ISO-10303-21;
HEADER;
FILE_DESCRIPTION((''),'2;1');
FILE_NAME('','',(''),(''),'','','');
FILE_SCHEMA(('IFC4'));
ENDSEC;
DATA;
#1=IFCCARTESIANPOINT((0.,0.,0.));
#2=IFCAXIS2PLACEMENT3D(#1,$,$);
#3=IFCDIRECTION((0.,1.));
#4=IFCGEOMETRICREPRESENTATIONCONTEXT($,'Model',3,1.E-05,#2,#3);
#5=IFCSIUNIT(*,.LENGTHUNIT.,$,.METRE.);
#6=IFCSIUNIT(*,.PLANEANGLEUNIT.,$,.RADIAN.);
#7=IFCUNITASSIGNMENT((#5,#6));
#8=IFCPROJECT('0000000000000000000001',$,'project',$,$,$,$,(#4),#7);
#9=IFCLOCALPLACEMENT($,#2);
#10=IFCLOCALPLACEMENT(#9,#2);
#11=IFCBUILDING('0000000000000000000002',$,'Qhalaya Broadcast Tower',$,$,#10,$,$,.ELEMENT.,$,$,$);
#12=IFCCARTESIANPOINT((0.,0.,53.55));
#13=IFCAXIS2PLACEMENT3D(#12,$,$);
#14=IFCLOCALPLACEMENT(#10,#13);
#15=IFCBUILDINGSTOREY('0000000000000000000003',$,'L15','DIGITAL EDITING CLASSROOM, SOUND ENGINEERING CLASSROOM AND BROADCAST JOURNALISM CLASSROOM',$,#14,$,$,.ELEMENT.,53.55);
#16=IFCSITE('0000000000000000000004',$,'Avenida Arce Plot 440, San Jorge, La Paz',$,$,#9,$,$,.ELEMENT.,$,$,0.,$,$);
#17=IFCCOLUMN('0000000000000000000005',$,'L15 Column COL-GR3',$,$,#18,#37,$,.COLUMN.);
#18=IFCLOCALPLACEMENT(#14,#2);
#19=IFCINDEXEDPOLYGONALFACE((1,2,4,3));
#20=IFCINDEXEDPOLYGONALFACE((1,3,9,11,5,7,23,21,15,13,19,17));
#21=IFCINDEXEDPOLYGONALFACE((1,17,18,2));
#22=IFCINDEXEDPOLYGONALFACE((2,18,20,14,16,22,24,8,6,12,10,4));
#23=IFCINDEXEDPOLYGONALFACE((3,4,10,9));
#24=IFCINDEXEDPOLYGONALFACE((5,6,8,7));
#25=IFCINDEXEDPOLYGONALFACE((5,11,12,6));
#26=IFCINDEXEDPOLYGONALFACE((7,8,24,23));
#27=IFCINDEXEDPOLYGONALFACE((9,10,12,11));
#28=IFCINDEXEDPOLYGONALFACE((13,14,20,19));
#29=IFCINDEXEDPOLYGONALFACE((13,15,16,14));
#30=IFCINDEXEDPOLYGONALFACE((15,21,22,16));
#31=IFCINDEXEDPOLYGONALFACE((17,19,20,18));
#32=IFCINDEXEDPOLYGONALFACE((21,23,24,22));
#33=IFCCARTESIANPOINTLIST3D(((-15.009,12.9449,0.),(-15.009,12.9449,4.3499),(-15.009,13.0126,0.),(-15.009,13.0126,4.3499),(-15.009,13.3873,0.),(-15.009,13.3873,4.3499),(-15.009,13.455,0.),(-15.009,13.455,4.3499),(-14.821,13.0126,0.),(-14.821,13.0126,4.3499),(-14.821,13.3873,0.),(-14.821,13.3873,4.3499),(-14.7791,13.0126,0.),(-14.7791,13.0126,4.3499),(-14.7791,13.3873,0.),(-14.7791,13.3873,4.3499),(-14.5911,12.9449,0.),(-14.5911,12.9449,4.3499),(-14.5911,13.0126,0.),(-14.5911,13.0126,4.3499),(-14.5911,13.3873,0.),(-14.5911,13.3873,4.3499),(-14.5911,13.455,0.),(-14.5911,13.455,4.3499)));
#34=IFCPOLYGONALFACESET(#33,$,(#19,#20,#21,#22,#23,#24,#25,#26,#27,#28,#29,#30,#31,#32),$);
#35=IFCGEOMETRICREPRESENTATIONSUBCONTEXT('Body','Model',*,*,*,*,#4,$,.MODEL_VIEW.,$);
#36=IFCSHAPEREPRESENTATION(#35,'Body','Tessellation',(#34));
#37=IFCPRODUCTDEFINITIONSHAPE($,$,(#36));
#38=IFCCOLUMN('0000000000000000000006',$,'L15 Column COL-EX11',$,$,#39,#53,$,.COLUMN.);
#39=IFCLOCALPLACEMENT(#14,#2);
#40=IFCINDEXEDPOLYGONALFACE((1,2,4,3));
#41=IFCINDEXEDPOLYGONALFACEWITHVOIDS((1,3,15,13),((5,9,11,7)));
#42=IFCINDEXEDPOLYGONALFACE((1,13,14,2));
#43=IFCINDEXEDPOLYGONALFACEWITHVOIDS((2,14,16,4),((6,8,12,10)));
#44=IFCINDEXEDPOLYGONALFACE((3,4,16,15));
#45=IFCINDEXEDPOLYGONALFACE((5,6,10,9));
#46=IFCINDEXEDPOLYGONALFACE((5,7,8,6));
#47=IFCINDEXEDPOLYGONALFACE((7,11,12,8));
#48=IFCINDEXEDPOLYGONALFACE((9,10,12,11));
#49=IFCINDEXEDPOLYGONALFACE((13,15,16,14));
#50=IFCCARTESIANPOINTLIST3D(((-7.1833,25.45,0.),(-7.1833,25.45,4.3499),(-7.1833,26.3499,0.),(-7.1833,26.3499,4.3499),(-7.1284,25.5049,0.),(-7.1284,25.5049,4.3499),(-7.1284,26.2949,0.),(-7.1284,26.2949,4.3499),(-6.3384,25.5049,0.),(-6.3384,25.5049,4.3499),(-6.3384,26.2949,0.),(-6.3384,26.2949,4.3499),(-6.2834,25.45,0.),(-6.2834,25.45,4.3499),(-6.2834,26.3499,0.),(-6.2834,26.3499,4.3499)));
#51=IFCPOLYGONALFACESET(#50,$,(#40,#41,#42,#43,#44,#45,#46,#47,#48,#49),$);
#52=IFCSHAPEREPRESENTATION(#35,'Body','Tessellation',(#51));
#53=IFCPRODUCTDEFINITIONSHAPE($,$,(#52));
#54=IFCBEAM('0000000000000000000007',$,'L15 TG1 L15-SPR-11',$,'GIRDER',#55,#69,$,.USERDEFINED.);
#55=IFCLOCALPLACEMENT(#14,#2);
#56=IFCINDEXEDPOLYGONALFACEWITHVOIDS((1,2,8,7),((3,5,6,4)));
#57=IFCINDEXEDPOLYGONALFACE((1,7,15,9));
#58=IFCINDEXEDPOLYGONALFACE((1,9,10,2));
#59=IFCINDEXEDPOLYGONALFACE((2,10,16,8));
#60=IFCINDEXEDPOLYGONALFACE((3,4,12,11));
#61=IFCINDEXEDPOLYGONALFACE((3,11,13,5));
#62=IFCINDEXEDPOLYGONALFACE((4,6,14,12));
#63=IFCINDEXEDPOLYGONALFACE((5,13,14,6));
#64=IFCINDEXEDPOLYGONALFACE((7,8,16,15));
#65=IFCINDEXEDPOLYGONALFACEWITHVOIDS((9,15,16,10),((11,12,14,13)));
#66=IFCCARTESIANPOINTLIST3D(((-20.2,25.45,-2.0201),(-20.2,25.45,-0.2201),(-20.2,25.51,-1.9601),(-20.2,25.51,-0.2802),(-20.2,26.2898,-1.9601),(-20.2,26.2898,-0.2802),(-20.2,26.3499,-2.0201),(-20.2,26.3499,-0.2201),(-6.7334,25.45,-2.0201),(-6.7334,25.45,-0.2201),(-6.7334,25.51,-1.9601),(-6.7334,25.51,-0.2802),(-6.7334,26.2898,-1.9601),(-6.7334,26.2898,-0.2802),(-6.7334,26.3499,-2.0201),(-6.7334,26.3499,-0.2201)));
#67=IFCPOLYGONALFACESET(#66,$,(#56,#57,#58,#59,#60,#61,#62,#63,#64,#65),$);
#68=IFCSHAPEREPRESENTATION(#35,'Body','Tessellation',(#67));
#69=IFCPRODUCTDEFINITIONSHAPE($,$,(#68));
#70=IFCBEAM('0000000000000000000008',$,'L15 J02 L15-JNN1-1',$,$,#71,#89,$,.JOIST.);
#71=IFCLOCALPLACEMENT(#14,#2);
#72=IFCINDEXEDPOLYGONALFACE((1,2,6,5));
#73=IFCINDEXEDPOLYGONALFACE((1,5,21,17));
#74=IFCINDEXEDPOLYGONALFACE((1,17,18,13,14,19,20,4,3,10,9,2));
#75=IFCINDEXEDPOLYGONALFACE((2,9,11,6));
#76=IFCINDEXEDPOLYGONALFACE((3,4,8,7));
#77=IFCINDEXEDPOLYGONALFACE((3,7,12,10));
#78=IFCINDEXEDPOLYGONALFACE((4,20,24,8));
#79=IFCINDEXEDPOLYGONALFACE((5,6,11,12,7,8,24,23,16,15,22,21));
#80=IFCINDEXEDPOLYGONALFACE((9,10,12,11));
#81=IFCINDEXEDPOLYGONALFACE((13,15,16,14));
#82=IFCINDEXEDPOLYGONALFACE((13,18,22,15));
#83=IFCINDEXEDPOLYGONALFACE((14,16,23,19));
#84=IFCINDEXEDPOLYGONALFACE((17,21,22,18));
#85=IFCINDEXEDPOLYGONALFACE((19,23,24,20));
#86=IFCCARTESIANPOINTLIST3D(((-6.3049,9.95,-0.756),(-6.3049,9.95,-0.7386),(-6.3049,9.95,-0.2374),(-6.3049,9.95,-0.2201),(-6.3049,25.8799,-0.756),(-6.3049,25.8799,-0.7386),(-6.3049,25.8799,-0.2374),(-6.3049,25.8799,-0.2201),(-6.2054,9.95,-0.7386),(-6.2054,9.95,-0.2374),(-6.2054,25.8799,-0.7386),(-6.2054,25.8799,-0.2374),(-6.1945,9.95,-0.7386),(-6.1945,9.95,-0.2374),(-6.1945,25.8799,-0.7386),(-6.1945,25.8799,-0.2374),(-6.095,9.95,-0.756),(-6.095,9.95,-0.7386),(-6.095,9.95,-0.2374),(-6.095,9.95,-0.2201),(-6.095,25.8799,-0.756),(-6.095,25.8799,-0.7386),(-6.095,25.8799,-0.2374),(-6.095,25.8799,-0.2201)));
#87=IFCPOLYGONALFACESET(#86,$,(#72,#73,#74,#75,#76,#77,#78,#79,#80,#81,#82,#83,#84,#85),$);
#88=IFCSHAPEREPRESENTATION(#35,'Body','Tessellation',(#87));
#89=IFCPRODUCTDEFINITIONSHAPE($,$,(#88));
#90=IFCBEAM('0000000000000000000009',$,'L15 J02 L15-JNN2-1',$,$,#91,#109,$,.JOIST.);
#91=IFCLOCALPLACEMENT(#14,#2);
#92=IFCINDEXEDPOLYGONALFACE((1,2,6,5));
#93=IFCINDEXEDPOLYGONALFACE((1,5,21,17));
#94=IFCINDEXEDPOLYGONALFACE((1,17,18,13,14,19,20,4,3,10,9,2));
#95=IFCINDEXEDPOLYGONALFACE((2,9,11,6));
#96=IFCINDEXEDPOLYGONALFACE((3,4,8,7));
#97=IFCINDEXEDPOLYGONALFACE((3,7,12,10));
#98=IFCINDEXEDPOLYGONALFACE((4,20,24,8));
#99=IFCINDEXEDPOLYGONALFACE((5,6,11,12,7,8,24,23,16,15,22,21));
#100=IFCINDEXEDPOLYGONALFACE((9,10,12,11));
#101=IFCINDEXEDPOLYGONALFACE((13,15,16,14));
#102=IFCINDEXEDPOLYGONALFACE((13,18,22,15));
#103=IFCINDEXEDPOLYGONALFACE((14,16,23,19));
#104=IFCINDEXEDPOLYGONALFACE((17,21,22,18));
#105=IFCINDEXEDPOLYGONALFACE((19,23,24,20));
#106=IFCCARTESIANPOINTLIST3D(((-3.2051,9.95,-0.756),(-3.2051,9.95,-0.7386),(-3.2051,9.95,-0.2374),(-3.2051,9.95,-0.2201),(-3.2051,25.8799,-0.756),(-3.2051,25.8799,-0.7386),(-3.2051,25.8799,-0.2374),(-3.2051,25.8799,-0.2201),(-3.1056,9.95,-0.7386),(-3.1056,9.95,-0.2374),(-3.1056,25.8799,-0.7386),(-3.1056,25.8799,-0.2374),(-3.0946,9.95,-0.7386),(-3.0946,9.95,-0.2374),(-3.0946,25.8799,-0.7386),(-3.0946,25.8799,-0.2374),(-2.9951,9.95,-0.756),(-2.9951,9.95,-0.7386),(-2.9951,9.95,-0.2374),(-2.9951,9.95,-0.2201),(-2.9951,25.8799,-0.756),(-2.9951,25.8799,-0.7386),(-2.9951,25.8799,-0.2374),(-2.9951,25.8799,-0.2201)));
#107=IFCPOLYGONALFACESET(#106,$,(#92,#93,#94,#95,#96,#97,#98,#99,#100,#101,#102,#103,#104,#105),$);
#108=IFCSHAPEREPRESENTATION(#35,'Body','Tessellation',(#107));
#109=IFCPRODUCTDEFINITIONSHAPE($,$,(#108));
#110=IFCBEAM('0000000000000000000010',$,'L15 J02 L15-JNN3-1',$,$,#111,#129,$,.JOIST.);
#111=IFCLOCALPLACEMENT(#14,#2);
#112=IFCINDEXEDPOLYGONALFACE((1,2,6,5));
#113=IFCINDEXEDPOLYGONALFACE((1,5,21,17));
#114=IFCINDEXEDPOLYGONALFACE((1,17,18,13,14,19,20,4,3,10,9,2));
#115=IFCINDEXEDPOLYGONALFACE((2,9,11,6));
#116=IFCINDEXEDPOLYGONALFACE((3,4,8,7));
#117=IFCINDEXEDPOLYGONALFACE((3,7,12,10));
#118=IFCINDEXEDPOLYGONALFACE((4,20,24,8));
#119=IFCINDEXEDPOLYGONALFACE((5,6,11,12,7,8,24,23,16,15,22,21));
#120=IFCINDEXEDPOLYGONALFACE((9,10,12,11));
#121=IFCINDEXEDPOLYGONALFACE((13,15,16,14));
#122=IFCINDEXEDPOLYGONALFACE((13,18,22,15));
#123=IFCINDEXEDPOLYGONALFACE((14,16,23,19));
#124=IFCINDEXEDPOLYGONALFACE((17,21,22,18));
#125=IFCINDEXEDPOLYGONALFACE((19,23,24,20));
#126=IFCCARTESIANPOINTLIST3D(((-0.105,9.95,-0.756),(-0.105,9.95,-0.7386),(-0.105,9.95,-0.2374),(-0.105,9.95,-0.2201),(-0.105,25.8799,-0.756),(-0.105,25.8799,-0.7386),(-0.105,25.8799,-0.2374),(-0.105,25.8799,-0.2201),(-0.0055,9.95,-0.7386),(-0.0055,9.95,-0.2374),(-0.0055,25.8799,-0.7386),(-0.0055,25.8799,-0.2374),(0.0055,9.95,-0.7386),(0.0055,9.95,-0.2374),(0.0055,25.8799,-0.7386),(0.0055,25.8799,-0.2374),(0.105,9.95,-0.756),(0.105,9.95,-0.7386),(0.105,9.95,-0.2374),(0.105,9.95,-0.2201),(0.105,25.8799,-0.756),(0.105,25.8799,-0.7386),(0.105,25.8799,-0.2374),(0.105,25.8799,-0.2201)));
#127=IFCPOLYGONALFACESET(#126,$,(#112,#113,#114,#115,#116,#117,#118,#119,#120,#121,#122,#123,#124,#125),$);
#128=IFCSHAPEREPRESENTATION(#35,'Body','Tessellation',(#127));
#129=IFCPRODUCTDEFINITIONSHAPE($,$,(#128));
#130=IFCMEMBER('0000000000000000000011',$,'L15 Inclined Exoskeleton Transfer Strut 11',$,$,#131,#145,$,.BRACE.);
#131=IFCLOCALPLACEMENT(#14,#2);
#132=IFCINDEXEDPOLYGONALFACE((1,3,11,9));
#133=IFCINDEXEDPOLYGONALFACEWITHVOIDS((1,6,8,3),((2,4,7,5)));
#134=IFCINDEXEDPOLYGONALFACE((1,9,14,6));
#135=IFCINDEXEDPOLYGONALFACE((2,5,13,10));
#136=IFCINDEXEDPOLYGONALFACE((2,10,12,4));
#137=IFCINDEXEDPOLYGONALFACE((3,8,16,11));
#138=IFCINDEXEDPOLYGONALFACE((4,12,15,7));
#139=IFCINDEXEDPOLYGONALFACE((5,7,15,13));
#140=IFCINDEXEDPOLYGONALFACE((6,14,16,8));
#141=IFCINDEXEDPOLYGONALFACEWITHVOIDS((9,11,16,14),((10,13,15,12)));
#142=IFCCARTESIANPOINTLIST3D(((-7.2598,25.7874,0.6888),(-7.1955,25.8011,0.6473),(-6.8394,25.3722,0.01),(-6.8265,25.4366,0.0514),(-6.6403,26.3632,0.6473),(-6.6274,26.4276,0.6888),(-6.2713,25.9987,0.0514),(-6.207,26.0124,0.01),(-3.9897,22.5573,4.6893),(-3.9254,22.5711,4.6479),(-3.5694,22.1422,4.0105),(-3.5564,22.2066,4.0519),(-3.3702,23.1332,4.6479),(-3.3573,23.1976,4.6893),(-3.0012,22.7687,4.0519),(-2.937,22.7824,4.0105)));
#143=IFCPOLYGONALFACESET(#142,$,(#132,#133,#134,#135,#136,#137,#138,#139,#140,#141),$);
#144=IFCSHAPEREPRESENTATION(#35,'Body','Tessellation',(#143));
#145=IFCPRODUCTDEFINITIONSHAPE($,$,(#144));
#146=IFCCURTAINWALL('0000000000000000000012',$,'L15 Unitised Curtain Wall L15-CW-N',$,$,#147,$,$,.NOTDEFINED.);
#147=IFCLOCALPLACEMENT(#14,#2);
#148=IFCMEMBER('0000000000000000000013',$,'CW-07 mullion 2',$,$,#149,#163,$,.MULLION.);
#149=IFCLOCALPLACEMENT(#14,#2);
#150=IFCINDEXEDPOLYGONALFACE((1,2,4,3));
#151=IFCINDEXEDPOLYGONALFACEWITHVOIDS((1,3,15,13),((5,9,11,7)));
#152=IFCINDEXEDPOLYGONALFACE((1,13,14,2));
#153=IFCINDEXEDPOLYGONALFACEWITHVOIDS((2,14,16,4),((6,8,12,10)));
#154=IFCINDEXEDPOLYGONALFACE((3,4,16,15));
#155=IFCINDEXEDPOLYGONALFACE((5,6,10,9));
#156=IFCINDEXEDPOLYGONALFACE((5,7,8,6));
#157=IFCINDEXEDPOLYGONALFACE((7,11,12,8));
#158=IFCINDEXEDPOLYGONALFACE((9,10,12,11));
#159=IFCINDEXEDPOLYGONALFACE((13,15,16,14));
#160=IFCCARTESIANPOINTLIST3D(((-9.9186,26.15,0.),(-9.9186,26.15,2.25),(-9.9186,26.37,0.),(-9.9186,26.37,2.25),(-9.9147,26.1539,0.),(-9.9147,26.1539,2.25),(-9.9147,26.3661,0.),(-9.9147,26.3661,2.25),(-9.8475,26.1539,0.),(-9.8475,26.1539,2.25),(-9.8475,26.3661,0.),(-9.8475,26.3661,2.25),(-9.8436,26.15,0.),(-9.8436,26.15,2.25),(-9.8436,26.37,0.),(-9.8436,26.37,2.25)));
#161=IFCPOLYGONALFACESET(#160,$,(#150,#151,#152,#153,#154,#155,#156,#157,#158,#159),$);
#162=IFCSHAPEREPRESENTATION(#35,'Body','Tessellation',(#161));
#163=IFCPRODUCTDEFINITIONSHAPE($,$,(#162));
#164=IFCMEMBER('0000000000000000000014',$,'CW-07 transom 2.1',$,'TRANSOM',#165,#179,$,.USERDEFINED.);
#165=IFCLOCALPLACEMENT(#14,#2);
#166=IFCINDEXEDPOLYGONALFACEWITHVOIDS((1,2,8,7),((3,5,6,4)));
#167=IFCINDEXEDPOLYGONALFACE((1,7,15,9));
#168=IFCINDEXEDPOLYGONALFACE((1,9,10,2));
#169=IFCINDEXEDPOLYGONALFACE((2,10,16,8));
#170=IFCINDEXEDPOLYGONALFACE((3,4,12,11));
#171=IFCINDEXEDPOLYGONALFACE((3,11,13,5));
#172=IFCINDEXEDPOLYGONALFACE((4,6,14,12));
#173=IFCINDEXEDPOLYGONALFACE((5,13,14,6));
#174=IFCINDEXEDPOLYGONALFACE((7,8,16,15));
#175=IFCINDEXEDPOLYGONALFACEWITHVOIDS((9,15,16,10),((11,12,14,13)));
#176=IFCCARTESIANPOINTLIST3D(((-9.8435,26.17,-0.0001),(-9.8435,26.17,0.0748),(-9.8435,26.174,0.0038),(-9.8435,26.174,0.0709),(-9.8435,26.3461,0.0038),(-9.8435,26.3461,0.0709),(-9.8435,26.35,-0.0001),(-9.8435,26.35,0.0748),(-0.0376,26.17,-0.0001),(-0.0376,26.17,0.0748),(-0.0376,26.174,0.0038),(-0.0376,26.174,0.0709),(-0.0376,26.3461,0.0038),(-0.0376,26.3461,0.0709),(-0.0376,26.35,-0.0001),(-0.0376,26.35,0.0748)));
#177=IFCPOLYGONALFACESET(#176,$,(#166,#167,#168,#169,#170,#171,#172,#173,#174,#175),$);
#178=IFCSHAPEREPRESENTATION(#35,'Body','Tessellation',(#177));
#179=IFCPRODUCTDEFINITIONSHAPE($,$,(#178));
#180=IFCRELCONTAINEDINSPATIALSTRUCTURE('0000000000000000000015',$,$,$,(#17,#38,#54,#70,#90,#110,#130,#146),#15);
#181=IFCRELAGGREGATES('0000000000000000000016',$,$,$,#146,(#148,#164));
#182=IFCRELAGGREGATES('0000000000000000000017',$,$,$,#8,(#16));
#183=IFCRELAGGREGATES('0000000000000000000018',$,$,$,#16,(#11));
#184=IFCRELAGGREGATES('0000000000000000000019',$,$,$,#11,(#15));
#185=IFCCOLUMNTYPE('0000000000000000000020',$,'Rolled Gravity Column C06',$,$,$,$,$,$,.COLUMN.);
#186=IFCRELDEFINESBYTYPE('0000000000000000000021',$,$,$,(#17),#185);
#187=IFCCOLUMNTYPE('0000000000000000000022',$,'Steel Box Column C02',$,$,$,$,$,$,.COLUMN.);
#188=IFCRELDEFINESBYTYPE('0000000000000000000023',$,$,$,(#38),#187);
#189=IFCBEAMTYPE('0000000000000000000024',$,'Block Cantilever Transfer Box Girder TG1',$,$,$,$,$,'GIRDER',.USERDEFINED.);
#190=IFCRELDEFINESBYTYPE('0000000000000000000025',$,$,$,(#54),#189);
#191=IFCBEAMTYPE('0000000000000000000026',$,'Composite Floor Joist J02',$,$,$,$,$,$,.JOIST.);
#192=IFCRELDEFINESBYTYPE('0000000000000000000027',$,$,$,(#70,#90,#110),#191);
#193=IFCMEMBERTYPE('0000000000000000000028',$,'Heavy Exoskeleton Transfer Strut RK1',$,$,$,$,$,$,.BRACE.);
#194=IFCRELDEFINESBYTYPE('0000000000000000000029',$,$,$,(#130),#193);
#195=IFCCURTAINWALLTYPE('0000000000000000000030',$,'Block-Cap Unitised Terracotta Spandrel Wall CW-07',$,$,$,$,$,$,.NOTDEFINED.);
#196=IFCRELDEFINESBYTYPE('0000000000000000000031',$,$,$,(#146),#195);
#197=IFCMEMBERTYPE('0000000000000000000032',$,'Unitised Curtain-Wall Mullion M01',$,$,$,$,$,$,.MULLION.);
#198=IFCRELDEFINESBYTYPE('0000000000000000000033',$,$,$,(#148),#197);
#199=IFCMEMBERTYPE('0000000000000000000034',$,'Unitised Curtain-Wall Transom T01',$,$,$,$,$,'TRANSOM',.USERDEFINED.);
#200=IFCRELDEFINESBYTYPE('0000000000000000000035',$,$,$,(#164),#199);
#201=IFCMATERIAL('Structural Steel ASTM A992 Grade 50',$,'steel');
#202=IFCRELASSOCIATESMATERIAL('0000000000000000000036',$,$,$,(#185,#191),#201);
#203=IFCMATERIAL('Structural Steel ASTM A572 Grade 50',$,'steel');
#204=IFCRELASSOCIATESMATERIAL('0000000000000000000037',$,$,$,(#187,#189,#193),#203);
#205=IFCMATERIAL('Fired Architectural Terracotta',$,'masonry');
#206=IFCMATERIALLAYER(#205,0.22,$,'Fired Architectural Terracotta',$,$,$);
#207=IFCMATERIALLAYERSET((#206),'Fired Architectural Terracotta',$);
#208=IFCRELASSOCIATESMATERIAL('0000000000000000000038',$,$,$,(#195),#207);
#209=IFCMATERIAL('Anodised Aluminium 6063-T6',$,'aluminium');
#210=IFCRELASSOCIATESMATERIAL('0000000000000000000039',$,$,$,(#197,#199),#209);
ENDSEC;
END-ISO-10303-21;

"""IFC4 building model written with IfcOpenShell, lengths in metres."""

from ifc_helpers import new_model, si_unit, direction, frame, origin, origin_2d, place, context, subcontext, project, spatial, hollow_rectangle, i_section, extrude, material, layer, layer_set, material_profile, profile_set, type_object, element, aggregate, save


model = new_model("IFC4")

# Units and contexts
model_context = context("Model", 3, precision=1e-05, world=origin(), true_north=direction((0.0, 1.0)))
body_context = subcontext(model_context, "Body", "Model", "MODEL_VIEW")
ifc_project = project(units=[si_unit("LENGTHUNIT", "METRE"), si_unit("PLANEANGLEUNIT", "RADIAN")], contexts=[model_context])

# Site, building, storey
site_placement = place(None, origin())
site = spatial("IfcSite", under=ifc_project, at=site_placement, Name="Avenida Arce Plot 440, San Jorge, La Paz", CompositionType="ELEMENT", RefElevation=0.0)
building_placement = place(site_placement, origin())
building = spatial("IfcBuilding", under=site, at=building_placement, Name="Qhalaya Broadcast Tower", CompositionType="ELEMENT")
storey_placement = place(building_placement, frame((0.0, 0.0, 53.55)))
storey = spatial("IfcBuildingStorey", under=building, at=storey_placement, Name="L15", Description="DIGITAL EDITING CLASSROOM, SOUND ENGINEERING CLASSROOM AND BROADCAST JOURNALISM CLASSROOM", CompositionType="ELEMENT", Elevation=53.55)

# Columns
ifc_material_1 = material(Name="Structural Steel ASTM A992 Grade 50", Category="steel")
ifc_material_profile_1 = material_profile(ifc_material_1, i_section(OverallWidth=0.418, OverallDepth=0.51, WebThickness=0.042, FlangeThickness=0.0676, at=origin_2d()), Name="W14X370")
ifc_profile_set_1 = profile_set([ifc_material_profile_1], Name="Structural Steel ASTM A992 Grade 50")
column_type_1 = type_object("IfcColumnType", Name="Rolled Gravity Column C06", PredefinedType="COLUMN", material=ifc_profile_set_1)
column_1_placement = place(storey_placement, frame((-14.8, 13.2, 0.0), z_axis=(0.0, 0.0, 1.0), x_axis=(1.0, 0.0, 0.0)))
element("IfcColumn", 1, at=column_1_placement, inside=storey, type_object=column_type_1, Name="L15 Column COL-GR3", PredefinedType="COLUMN", context=body_context, shape_type="SweptSolid", body=[
    extrude(i_section(OverallWidth=0.418, OverallDepth=0.51, WebThickness=0.042, FlangeThickness=0.0676, at=origin_2d()), origin(), (0.0, 0.0, 1.0), 4.3499),
])
ifc_material_2 = material(Name="Structural Steel ASTM A572 Grade 50", Category="steel")
ifc_material_profile_2 = material_profile(ifc_material_2, hollow_rectangle(XDim=0.8999, YDim=0.8999, WallThickness=0.0549, at=origin_2d()), Name="BOX 900x900x55")
ifc_profile_set_2 = profile_set([ifc_material_profile_2], Name="Structural Steel ASTM A572 Grade 50")
column_type_2 = type_object("IfcColumnType", Name="Steel Box Column C02", PredefinedType="COLUMN", material=ifc_profile_set_2)
column_2_placement = place(storey_placement, frame((-6.7334, 25.8999, 0.0), z_axis=(0.0, 0.0, 1.0), x_axis=(1.0, 0.0, 0.0)))
element("IfcColumn", 2, at=column_2_placement, inside=storey, type_object=column_type_2, Name="L15 Column COL-EX11", PredefinedType="COLUMN", context=body_context, shape_type="SweptSolid", body=[
    extrude(hollow_rectangle(XDim=0.8999, YDim=0.8999, WallThickness=0.0549, at=origin_2d()), origin(), (0.0, 0.0, 1.0), 4.3499),
])

# Beams
ifc_material_profile_3 = material_profile(ifc_material_2, hollow_rectangle(XDim=0.8999, YDim=1.8, WallThickness=0.0601, at=origin_2d()), Name="BOX 900x1800x60")
ifc_profile_set_3 = profile_set([ifc_material_profile_3], Name="Structural Steel ASTM A572 Grade 50")
beam_type_1 = type_object("IfcBeamType", Name="Block Cantilever Transfer Box Girder TG1", ElementType="GIRDER", PredefinedType="USERDEFINED", material=ifc_profile_set_3)
beam_placement = place(storey_placement, frame((-6.7334, 25.8999, -1.1201), z_axis=(-1.0, 0.0, 0.0), x_axis=(0.0, -1.0, 0.0)))
element("IfcBeam", 3, at=beam_placement, inside=storey, type_object=beam_type_1, Name="L15 TG1 L15-SPR-11", ObjectType="GIRDER", PredefinedType="USERDEFINED", context=body_context, shape_type="SweptSolid", body=[
    extrude(hollow_rectangle(XDim=0.8999, YDim=1.8, WallThickness=0.0601, at=origin_2d()), origin(), (0.0, 0.0, 1.0), 13.4666),
])
ifc_material_profile_4 = material_profile(ifc_material_1, i_section(OverallWidth=0.21, OverallDepth=0.5359, WebThickness=0.011, FlangeThickness=0.0173, at=origin_2d()), Name="W21X68")
ifc_profile_set_4 = profile_set([ifc_material_profile_4], Name="Structural Steel ASTM A992 Grade 50")
beam_type_2 = type_object("IfcBeamType", Name="Composite Floor Joist J02", PredefinedType="JOIST", material=ifc_profile_set_4)
for number, where, z_axis, x_axis, name in (
    (4, (-6.2, 9.95, -0.488), (0.0, 1.0, 0.0), (-1.0, 0.0, 0.0), "L15 J02 L15-JNN1-1"),
    (5, (-3.1001, 9.95, -0.488), (0.0, 1.0, 0.0), (-1.0, 0.0, 0.0), "L15 J02 L15-JNN2-1"),
    (6, (0.0, 9.95, -0.488), (0.0, 1.0, 0.0), (-1.0, 0.0, 0.0), "L15 J02 L15-JNN3-1"),
):
    element("IfcBeam", number, at=place(storey_placement, frame(where, z_axis=z_axis, x_axis=x_axis)), inside=storey, type_object=beam_type_2, Name=name, PredefinedType="JOIST", context=body_context, shape_type="SweptSolid", body=[
        extrude(i_section(OverallWidth=0.21, OverallDepth=0.5359, WebThickness=0.011, FlangeThickness=0.0173, at=origin_2d()), origin(), (0.0, 0.0, 1.0), 15.9299),
    ])

# Member
ifc_material_profile_5 = material_profile(ifc_material_2, hollow_rectangle(XDim=0.8999, YDim=0.8999, WallThickness=0.0549, at=origin_2d()), Name="BOX 900x900x55")
ifc_profile_set_5 = profile_set([ifc_material_profile_5], Name="Structural Steel ASTM A572 Grade 50")
member_type_1 = type_object("IfcMemberType", Name="Heavy Exoskeleton Transfer Strut RK1", PredefinedType="BRACE", material=ifc_profile_set_5)
member_1_placement = place(storey_placement, frame((-6.7334, 25.8999, 0.3494), z_axis=(0.536648, -0.530077, 0.656526), x_axis=(0.702738, 0.711449, 0.0)))
element("IfcMember", 7, at=member_1_placement, inside=storey, type_object=member_type_1, Name="L15 Inclined Exoskeleton Transfer Strut 11", PredefinedType="BRACE", context=body_context, shape_type="SweptSolid", body=[
    extrude(hollow_rectangle(XDim=0.8999, YDim=0.8999, WallThickness=0.0549, at=origin_2d()), origin(), (0.0, 0.0, 1.0), 6.0935),
])

# Curtain wall, members
ifc_material_3 = material(Name="Fired Architectural Terracotta", Category="masonry")
ifc_layer_1 = layer(ifc_material_3, 0.22, Name="Fired Architectural Terracotta")
ifc_layer_set_1 = layer_set([ifc_layer_1], Name="Fired Architectural Terracotta")
curtain_wall_type = type_object("IfcCurtainWallType", Name="Block-Cap Unitised Terracotta Spandrel Wall CW-07", PredefinedType="NOTDEFINED", material=ifc_layer_set_1)
curtain_wall_placement = place(storey_placement, origin())
curtain_wall = element("IfcCurtainWall", 8, at=curtain_wall_placement, inside=storey, type_object=curtain_wall_type, Name="L15 Unitised Curtain Wall L15-CW-N", PredefinedType="NOTDEFINED")
ifc_material_4 = material(Name="Anodised Aluminium 6063-T6", Category="aluminium")
ifc_material_profile_6 = material_profile(ifc_material_4, hollow_rectangle(XDim=0.075, YDim=0.22, WallThickness=0.0039, at=origin_2d()), Name="ALU-MUL 75x220x4")
ifc_profile_set_6 = profile_set([ifc_material_profile_6], Name="Anodised Aluminium 6063-T6")
member_type_2 = type_object("IfcMemberType", Name="Unitised Curtain-Wall Mullion M01", PredefinedType="MULLION", material=ifc_profile_set_6)
member_2_placement = place(storey_placement, frame((-9.8811, 26.26, 0.0), z_axis=(0.0, 0.0, 1.0), x_axis=(1.0, 0.0, 0.0)))
member_2 = element("IfcMember", 9, at=member_2_placement, type_object=member_type_2, Name="CW-07 mullion 2", PredefinedType="MULLION", context=body_context, shape_type="SweptSolid", body=[
    extrude(hollow_rectangle(XDim=0.075, YDim=0.22, WallThickness=0.0039, at=origin_2d()), origin(), (0.0, 0.0, 1.0), 2.25),
])
ifc_material_profile_7 = material_profile(ifc_material_4, hollow_rectangle(XDim=0.075, YDim=0.1799, WallThickness=0.0039, at=origin_2d()), Name="ALU-TRN 75x180x4")
ifc_profile_set_7 = profile_set([ifc_material_profile_7], Name="Anodised Aluminium 6063-T6")
member_type_3 = type_object("IfcMemberType", Name="Unitised Curtain-Wall Transom T01", ElementType="TRANSOM", PredefinedType="USERDEFINED", material=ifc_profile_set_7)
member_3_placement = place(storey_placement, frame((-9.8435, 26.26, 0.0374), z_axis=(1.0, 0.0, 0.0), x_axis=(0.0, 0.0, 1.0)))
member_3 = element("IfcMember", 10, at=member_3_placement, type_object=member_type_3, Name="CW-07 transom 2.1", ObjectType="TRANSOM", PredefinedType="USERDEFINED", context=body_context, shape_type="SweptSolid", body=[
    extrude(hollow_rectangle(XDim=0.075, YDim=0.1799, WallThickness=0.0039, at=origin_2d()), origin(), (0.0, 0.0, 1.0), 9.8059),
])

aggregate(curtain_wall, [member_2, member_3])

save(model, "model.ifc")
